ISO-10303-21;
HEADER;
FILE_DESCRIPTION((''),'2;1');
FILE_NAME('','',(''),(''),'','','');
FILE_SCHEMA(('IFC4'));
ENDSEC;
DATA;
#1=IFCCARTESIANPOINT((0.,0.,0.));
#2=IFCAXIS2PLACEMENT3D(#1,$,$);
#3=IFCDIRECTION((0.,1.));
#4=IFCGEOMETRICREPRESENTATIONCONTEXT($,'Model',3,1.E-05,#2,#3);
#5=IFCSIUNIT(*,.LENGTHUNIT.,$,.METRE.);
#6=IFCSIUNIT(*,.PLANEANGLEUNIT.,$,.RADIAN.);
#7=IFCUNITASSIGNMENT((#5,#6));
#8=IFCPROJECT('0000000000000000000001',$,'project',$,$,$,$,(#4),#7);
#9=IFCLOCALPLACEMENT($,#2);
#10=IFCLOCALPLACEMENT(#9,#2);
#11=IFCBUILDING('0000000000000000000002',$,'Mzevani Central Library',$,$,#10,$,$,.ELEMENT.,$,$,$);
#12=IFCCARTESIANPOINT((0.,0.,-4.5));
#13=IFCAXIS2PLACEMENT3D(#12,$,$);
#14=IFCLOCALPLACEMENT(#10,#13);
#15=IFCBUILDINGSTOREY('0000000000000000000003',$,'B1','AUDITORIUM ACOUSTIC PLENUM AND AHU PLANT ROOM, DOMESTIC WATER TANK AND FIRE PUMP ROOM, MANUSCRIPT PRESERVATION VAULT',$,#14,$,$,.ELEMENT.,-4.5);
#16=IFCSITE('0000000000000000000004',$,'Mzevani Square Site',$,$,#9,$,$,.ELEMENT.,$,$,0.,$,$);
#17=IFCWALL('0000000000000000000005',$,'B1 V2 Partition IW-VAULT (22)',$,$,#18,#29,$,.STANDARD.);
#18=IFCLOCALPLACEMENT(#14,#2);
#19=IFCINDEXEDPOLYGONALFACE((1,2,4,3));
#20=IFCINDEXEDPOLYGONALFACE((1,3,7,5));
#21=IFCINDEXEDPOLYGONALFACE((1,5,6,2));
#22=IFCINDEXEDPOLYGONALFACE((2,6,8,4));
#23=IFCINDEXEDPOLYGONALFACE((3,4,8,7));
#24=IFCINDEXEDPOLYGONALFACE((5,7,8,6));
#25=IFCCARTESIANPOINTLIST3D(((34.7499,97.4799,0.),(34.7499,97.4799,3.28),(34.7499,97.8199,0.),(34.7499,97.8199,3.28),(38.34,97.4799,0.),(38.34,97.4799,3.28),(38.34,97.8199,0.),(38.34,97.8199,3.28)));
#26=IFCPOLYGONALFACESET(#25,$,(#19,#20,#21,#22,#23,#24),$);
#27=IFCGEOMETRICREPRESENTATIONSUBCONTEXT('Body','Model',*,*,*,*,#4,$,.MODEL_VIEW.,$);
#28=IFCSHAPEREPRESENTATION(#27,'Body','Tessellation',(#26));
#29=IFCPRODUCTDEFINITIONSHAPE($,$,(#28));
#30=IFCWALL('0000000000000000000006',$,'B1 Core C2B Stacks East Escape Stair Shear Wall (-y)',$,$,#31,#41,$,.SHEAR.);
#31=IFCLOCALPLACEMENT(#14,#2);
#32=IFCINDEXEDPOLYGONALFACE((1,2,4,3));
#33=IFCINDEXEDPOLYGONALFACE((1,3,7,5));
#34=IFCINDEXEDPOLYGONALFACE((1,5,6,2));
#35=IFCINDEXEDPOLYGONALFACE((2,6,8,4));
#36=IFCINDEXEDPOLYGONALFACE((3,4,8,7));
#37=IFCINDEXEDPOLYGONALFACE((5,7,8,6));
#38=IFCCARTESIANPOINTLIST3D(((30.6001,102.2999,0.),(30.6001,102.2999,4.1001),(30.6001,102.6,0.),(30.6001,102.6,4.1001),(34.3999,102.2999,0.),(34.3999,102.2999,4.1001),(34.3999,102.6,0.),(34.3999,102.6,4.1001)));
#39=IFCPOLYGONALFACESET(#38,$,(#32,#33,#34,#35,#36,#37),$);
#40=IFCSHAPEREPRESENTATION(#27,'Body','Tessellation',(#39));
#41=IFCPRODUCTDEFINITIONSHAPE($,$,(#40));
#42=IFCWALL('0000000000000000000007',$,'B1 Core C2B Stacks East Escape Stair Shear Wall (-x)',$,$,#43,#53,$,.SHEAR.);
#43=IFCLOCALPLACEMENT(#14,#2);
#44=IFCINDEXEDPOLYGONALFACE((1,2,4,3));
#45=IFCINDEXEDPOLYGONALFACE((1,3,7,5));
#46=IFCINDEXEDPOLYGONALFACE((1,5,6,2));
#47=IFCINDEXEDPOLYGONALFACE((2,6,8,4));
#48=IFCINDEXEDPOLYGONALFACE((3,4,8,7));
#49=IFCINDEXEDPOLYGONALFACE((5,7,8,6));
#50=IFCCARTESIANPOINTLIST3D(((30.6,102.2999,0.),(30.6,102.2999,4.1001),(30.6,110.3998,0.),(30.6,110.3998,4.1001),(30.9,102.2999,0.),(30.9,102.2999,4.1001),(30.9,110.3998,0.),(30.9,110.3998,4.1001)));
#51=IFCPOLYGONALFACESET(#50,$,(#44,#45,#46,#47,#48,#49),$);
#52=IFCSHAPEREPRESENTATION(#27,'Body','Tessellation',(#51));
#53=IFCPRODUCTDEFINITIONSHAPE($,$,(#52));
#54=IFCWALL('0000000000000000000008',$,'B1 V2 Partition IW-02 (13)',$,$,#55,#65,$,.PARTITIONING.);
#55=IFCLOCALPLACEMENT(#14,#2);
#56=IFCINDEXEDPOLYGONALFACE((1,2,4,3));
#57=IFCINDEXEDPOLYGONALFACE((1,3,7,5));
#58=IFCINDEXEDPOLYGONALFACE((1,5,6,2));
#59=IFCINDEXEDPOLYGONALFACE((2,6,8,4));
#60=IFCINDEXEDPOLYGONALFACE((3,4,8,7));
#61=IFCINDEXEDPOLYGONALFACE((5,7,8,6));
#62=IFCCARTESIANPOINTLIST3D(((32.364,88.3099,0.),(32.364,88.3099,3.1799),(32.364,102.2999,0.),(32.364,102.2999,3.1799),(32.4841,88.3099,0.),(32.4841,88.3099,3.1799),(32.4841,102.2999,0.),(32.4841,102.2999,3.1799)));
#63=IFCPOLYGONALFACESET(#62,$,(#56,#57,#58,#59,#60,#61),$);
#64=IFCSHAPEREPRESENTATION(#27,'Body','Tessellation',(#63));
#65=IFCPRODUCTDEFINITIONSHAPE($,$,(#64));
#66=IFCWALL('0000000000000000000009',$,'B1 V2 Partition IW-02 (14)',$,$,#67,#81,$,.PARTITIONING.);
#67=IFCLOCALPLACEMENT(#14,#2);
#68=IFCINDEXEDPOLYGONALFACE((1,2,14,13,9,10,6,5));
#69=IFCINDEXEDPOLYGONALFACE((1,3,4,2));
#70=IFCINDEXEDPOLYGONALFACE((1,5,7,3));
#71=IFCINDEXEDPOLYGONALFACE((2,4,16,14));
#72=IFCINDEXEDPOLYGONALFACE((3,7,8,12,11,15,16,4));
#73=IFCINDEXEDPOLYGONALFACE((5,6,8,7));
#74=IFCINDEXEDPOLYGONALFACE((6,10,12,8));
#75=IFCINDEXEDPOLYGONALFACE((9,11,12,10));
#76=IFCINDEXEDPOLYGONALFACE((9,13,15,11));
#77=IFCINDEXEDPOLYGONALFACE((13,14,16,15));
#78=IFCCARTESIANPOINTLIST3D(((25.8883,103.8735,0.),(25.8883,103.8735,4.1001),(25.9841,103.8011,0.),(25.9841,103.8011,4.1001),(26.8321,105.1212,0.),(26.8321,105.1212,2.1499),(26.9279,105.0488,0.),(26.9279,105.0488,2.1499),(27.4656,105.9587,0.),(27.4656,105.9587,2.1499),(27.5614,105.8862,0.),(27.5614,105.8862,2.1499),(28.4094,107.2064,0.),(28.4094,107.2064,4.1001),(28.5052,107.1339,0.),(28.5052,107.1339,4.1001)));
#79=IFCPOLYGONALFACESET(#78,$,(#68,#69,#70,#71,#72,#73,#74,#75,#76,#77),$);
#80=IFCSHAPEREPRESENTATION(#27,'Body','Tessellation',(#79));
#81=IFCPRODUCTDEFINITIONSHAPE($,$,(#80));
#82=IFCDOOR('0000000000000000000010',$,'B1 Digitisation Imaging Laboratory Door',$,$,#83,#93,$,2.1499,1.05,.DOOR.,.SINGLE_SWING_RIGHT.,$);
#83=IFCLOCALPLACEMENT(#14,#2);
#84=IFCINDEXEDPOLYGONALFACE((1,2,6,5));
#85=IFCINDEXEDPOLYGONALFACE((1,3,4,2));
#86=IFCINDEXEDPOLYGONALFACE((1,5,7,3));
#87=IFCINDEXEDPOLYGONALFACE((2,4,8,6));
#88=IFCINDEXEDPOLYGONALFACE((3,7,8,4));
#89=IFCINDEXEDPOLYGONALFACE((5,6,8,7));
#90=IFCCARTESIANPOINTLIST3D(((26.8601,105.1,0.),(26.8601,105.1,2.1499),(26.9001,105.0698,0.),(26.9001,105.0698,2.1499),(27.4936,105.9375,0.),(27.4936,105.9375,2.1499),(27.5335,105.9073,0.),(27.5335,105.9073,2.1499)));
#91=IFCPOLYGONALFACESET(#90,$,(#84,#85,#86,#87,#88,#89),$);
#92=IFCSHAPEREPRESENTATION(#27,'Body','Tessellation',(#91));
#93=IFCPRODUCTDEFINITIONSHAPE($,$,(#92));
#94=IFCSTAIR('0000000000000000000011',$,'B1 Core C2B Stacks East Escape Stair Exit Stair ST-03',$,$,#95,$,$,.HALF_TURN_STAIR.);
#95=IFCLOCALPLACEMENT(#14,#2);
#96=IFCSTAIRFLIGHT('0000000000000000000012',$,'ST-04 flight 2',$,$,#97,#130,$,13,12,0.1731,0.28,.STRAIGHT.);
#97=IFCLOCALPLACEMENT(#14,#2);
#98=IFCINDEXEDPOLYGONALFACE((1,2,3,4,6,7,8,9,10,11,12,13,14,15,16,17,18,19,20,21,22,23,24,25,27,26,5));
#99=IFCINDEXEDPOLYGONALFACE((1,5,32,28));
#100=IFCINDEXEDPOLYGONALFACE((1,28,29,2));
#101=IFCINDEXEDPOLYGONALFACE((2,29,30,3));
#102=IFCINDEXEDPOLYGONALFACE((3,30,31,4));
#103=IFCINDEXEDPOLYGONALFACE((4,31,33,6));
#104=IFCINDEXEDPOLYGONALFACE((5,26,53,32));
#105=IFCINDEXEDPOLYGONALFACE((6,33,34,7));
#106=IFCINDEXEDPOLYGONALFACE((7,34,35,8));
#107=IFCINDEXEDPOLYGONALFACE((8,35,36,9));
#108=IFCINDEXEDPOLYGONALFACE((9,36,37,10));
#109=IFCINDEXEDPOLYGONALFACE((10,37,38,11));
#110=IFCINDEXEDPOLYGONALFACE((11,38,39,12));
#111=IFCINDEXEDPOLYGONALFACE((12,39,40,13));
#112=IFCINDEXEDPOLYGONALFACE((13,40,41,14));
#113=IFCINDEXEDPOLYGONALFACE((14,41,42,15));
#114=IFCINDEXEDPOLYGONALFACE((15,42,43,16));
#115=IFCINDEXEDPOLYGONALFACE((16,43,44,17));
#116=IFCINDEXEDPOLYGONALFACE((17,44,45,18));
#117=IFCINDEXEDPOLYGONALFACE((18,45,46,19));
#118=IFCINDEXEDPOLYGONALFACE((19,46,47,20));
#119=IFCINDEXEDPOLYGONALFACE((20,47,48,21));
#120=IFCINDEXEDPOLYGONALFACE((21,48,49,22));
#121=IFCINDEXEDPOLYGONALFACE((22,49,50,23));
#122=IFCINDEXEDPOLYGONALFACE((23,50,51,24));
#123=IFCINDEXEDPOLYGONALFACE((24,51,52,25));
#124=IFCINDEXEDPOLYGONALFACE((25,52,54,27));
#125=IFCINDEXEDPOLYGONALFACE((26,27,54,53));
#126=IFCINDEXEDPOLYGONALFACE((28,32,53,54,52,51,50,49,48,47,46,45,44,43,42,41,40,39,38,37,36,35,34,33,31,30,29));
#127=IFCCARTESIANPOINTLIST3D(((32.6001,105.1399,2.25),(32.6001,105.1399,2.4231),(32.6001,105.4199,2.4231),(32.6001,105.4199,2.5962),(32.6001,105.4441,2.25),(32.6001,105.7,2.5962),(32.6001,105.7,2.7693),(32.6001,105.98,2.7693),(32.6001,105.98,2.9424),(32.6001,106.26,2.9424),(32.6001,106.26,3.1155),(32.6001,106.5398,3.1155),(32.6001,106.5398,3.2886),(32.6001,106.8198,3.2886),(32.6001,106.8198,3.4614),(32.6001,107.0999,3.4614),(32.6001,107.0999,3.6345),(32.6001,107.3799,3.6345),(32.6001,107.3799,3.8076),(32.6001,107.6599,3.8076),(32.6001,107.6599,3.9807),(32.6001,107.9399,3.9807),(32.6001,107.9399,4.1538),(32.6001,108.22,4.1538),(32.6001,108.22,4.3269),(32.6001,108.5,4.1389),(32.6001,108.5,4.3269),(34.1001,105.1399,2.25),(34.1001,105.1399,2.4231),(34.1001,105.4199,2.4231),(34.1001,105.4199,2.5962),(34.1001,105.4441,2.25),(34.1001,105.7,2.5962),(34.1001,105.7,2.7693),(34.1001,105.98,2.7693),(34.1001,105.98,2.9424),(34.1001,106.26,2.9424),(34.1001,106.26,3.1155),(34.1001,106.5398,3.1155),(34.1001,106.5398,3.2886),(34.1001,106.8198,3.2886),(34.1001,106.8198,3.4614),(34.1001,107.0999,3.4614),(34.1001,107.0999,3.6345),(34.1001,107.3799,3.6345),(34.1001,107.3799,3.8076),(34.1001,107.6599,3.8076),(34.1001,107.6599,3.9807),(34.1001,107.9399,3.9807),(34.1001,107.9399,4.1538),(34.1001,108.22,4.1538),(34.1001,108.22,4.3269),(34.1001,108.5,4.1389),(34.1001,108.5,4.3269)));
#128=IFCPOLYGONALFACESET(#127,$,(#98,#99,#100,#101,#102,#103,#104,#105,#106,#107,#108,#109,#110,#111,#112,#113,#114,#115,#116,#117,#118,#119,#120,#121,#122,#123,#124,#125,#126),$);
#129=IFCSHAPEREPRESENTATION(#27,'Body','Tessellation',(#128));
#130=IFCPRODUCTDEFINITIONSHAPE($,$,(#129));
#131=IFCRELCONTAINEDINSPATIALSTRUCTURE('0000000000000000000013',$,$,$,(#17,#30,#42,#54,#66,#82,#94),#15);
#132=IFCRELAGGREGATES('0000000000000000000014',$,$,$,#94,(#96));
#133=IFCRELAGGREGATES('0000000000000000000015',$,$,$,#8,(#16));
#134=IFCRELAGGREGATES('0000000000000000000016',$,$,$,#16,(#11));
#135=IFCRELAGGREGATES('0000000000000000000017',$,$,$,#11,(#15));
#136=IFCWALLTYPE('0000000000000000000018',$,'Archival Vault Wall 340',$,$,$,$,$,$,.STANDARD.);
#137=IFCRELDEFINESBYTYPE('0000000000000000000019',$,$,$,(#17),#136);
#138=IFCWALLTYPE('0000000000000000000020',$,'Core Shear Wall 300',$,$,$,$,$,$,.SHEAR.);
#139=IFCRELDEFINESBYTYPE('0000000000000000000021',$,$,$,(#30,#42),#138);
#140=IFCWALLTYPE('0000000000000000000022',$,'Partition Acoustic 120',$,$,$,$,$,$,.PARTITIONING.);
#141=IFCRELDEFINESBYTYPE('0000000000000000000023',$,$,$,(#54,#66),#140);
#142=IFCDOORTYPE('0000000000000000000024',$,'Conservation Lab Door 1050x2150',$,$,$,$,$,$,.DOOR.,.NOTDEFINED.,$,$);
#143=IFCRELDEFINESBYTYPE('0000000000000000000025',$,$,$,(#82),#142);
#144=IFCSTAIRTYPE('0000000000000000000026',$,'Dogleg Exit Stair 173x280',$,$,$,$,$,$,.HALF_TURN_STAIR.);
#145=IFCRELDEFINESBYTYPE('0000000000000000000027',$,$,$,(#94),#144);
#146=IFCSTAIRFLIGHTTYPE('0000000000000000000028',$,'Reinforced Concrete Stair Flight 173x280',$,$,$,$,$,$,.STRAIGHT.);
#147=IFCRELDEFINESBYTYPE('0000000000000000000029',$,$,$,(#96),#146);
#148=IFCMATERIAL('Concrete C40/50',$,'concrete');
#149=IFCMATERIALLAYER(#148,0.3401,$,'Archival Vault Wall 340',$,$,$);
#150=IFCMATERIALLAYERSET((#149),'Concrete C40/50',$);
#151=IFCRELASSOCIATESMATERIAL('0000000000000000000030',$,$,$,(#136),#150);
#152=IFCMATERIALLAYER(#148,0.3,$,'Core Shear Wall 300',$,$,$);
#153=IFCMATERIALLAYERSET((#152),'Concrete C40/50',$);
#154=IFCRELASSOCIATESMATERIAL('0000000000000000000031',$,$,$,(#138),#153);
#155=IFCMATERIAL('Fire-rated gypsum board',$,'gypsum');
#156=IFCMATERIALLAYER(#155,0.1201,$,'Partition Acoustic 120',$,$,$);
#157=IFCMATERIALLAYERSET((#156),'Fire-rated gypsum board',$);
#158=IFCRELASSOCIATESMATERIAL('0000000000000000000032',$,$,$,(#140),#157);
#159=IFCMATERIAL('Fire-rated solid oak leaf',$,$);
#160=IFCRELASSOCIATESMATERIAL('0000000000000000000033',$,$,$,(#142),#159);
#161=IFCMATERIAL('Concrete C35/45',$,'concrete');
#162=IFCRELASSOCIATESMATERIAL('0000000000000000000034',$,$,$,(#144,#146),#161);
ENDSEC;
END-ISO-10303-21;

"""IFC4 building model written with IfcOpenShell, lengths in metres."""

from ifc_helpers import new_model, si_unit, direction, frame, frame_2d, origin, place, context, subcontext, project, spatial, polyline, rectangle, outline, extrude, material, layer, layer_set, type_object, element, fill, aggregate, save


model = new_model("IFC4")

# Units and contexts
model_context = context("Model", 3, precision=1e-05, world=origin(), true_north=direction((0.0, 1.0)))
body_context = subcontext(model_context, "Body", "Model", "MODEL_VIEW")
ifc_project = project(units=[si_unit("LENGTHUNIT", "METRE"), si_unit("PLANEANGLEUNIT", "RADIAN")], contexts=[model_context])

# Site, building, storey
site_placement = place(None, origin())
site = spatial("IfcSite", under=ifc_project, at=site_placement, Name="Mzevani Square Site", CompositionType="ELEMENT", RefElevation=0.0)
building_placement = place(site_placement, origin())
building = spatial("IfcBuilding", under=site, at=building_placement, Name="Mzevani Central Library", CompositionType="ELEMENT")
storey_placement = place(building_placement, frame((0.0, 0.0, -4.5)))
storey = spatial("IfcBuildingStorey", under=building, at=storey_placement, Name="B1", Description="AUDITORIUM ACOUSTIC PLENUM AND AHU PLANT ROOM, DOMESTIC WATER TANK AND FIRE PUMP ROOM, MANUSCRIPT PRESERVATION VAULT", CompositionType="ELEMENT", Elevation=-4.5)

# Shared definitions
ifc_material_1 = material(Name="Concrete C40/50", Category="concrete")

# Shared definitions
ifc_material_2 = material(Name="Concrete C35/45", Category="concrete")

# Shared definitions
ifc_layer_1 = layer(ifc_material_1, 0.3401, Name="Archival Vault Wall 340")
ifc_layer_set_1 = layer_set([ifc_layer_1], Name="Concrete C40/50")
wall_type_1 = type_object("IfcWallType", Name="Archival Vault Wall 340", PredefinedType="STANDARD", material=ifc_layer_set_1)

# Walls
wall_1_placement = place(storey_placement, frame((34.75, 97.6499, 0.0), z_axis=(0.0, 0.0, 1.0), x_axis=(1.0, 0.0, 0.0)))
element("IfcWall", 1, at=wall_1_placement, inside=storey, type_object=wall_type_1, Name="B1 V2 Partition IW-VAULT (22)", PredefinedType="STANDARD", context=body_context, shape_type="SweptSolid", body=[
    extrude(rectangle(XDim=3.5901, YDim=0.3401, at=frame_2d((1.7949, 0.0))), origin(), (0.0, 0.0, 1.0), 3.28),
])
ifc_layer_2 = layer(ifc_material_1, 0.3, Name="Core Shear Wall 300")
ifc_layer_set_2 = layer_set([ifc_layer_2], Name="Concrete C40/50")
wall_type_2 = type_object("IfcWallType", Name="Core Shear Wall 300", PredefinedType="SHEAR", material=ifc_layer_set_2)
wall_2_placement = place(storey_placement, frame((34.3999, 102.45, 0.0), z_axis=(0.0, 0.0, 1.0), x_axis=(-1.0, 0.0, 0.0)))
element("IfcWall", 2, at=wall_2_placement, inside=storey, type_object=wall_type_2, Name="B1 Core C2B Stacks East Escape Stair Shear Wall (-y)", PredefinedType="SHEAR", context=body_context, shape_type="SweptSolid", body=[
    extrude(rectangle(XDim=3.7998, YDim=0.3, at=frame_2d((1.8999, 0.0))), origin(), (0.0, 0.0, 1.0), 4.1001),
])
wall_3_placement = place(storey_placement, frame((30.75, 102.3, 0.0), z_axis=(0.0, 0.0, 1.0), x_axis=(0.0, 1.0, 0.0)))
element("IfcWall", 3, at=wall_3_placement, inside=storey, type_object=wall_type_2, Name="B1 Core C2B Stacks East Escape Stair Shear Wall (-x)", PredefinedType="SHEAR", context=body_context, shape_type="SweptSolid", body=[
    extrude(rectangle(XDim=8.0999, YDim=0.3, at=frame_2d((4.0498, 0.0))), origin(), (0.0, 0.0, 1.0), 4.1001),
])
ifc_material_3 = material(Name="Fire-rated gypsum board", Category="gypsum")
ifc_layer_3 = layer(ifc_material_3, 0.1201, Name="Partition Acoustic 120")
ifc_layer_set_3 = layer_set([ifc_layer_3], Name="Fire-rated gypsum board")
wall_type_3 = type_object("IfcWallType", Name="Partition Acoustic 120", PredefinedType="PARTITIONING", material=ifc_layer_set_3)
wall_4_placement = place(storey_placement, frame((32.4241, 102.3, 0.0), z_axis=(0.0, 0.0, 1.0), x_axis=(0.0, -1.0, 0.0)))
element("IfcWall", 4, at=wall_4_placement, inside=storey, type_object=wall_type_3, Name="B1 V2 Partition IW-02 (13)", PredefinedType="PARTITIONING", context=body_context, shape_type="SweptSolid", body=[
    extrude(rectangle(XDim=13.99, YDim=0.1201, at=frame_2d((6.9951, 0.0))), origin(), (0.0, 0.0, 1.0), 3.1799),
])

# Wall, opening, door
wall_5_placement = place(storey_placement, frame((25.9363, 103.8374, 0.0), z_axis=(0.0, 0.0, 1.0), x_axis=(0.603276, 0.797532, 0.0)))
wall_5 = element("IfcWall", 5, at=wall_5_placement, inside=storey, type_object=wall_type_3, Name="B1 V2 Partition IW-02 (14)", PredefinedType="PARTITIONING", context=body_context, shape_type="SweptSolid", body=[
    extrude(rectangle(XDim=4.179, YDim=0.1201, at=frame_2d((2.0894, 0.0))), origin(), (0.0, 0.0, 1.0), 4.1001),
])
opening_1_placement = place(wall_5_placement, frame((1.5645, 0.0, 0.0)))
opening_1 = element("IfcOpeningElement", 6, at=opening_1_placement, cuts=wall_5, PredefinedType="OPENING", context=body_context, shape_type="SweptSolid", body=[
    extrude(rectangle(XDim=1.05, YDim=2.1499, at=frame_2d((0.5249, 1.075))), frame((0.0, 0.0701, 0.0), z_axis=(0.0, -1.0, 0.0), x_axis=(1.0, 0.0, 0.0)), (0.0, 0.0, 1.0), 0.1401),
])
ifc_material_4 = material(Name="Fire-rated solid oak leaf")
door_type_1 = type_object("IfcDoorType", Name="Conservation Lab Door 1050x2150", OperationType="NOTDEFINED", PredefinedType="DOOR", material=ifc_material_4)
door_1_placement = place(opening_1_placement, origin())
door_1 = element("IfcDoor", 7, at=door_1_placement, inside=storey, type_object=door_type_1, Name="B1 Digitisation Imaging Laboratory Door", OperationType="SINGLE_SWING_RIGHT", OverallHeight=2.1499, OverallWidth=1.05, PredefinedType="DOOR", context=body_context, shape_type="SweptSolid", body=[
    extrude(rectangle(XDim=1.05, YDim=2.1499, at=frame_2d((0.5249, 1.075))), frame((0.0, 0.0249, 0.0), z_axis=(0.0, -1.0, 0.0), x_axis=(1.0, 0.0, 0.0)), (0.0, 0.0, 1.0), 0.05),
])
fill(opening_1, door_1)

# Stair, stair flight
stair_type = type_object("IfcStairType", Name="Dogleg Exit Stair 173x280", PredefinedType="HALF_TURN_STAIR", material=ifc_material_2)
stair_placement = place(storey_placement, origin())
stair = element("IfcStair", 8, at=stair_placement, inside=storey, type_object=stair_type, Name="B1 Core C2B Stacks East Escape Stair Exit Stair ST-03", PredefinedType="HALF_TURN_STAIR")
stair_flight_type = type_object("IfcStairFlightType", Name="Reinforced Concrete Stair Flight 173x280", PredefinedType="STRAIGHT", material=ifc_material_2)
stair_flight_placement = place(storey_placement, frame((33.3501, 105.1399, 2.25), z_axis=(0.0, 0.0, 1.0), x_axis=(0.0, 1.0, 0.0)))
stair_flight = element("IfcStairFlight", 9, at=stair_flight_placement, type_object=stair_flight_type, Name="ST-04 flight 2", NumberOfRisers=13, NumberOfTreads=12, PredefinedType="STRAIGHT", RiserHeight=0.1731, TreadLength=0.28, context=body_context, shape_type="SweptSolid", body=[
    extrude(outline(polyline([(0.0, 0.0), (0.0, 0.1731), (0.28, 0.1731), (0.28, 0.3462), (0.5601, 0.3462), (0.5601, 0.5193), (0.8401, 0.5193), (0.8401, 0.6924), (1.1201, 0.6924), (1.1201, 0.8655), (1.3999, 0.8655), (1.3999, 1.0386), (1.6799, 1.0386), (1.6799, 1.2114), (1.96, 1.2114), (1.96, 1.3845), (2.24, 1.3845), (2.24, 1.5576), (2.52, 1.5576), (2.52, 1.7307), (2.8, 1.7307), (2.8, 1.9038), (3.0801, 1.9038), (3.0801, 2.0769), (3.3601, 2.0769), (3.3601, 2.25), (3.3601, 1.8889), (0.3042, 0.0), (0.0, 0.0)])), frame((0.0, 0.75, 0.0), z_axis=(0.0, -1.0, 0.0), x_axis=(1.0, 0.0, 0.0)), (0.0, 0.0, 1.0), 1.5),
])
aggregate(stair, [stair_flight])

save(model, "model.ifc")
